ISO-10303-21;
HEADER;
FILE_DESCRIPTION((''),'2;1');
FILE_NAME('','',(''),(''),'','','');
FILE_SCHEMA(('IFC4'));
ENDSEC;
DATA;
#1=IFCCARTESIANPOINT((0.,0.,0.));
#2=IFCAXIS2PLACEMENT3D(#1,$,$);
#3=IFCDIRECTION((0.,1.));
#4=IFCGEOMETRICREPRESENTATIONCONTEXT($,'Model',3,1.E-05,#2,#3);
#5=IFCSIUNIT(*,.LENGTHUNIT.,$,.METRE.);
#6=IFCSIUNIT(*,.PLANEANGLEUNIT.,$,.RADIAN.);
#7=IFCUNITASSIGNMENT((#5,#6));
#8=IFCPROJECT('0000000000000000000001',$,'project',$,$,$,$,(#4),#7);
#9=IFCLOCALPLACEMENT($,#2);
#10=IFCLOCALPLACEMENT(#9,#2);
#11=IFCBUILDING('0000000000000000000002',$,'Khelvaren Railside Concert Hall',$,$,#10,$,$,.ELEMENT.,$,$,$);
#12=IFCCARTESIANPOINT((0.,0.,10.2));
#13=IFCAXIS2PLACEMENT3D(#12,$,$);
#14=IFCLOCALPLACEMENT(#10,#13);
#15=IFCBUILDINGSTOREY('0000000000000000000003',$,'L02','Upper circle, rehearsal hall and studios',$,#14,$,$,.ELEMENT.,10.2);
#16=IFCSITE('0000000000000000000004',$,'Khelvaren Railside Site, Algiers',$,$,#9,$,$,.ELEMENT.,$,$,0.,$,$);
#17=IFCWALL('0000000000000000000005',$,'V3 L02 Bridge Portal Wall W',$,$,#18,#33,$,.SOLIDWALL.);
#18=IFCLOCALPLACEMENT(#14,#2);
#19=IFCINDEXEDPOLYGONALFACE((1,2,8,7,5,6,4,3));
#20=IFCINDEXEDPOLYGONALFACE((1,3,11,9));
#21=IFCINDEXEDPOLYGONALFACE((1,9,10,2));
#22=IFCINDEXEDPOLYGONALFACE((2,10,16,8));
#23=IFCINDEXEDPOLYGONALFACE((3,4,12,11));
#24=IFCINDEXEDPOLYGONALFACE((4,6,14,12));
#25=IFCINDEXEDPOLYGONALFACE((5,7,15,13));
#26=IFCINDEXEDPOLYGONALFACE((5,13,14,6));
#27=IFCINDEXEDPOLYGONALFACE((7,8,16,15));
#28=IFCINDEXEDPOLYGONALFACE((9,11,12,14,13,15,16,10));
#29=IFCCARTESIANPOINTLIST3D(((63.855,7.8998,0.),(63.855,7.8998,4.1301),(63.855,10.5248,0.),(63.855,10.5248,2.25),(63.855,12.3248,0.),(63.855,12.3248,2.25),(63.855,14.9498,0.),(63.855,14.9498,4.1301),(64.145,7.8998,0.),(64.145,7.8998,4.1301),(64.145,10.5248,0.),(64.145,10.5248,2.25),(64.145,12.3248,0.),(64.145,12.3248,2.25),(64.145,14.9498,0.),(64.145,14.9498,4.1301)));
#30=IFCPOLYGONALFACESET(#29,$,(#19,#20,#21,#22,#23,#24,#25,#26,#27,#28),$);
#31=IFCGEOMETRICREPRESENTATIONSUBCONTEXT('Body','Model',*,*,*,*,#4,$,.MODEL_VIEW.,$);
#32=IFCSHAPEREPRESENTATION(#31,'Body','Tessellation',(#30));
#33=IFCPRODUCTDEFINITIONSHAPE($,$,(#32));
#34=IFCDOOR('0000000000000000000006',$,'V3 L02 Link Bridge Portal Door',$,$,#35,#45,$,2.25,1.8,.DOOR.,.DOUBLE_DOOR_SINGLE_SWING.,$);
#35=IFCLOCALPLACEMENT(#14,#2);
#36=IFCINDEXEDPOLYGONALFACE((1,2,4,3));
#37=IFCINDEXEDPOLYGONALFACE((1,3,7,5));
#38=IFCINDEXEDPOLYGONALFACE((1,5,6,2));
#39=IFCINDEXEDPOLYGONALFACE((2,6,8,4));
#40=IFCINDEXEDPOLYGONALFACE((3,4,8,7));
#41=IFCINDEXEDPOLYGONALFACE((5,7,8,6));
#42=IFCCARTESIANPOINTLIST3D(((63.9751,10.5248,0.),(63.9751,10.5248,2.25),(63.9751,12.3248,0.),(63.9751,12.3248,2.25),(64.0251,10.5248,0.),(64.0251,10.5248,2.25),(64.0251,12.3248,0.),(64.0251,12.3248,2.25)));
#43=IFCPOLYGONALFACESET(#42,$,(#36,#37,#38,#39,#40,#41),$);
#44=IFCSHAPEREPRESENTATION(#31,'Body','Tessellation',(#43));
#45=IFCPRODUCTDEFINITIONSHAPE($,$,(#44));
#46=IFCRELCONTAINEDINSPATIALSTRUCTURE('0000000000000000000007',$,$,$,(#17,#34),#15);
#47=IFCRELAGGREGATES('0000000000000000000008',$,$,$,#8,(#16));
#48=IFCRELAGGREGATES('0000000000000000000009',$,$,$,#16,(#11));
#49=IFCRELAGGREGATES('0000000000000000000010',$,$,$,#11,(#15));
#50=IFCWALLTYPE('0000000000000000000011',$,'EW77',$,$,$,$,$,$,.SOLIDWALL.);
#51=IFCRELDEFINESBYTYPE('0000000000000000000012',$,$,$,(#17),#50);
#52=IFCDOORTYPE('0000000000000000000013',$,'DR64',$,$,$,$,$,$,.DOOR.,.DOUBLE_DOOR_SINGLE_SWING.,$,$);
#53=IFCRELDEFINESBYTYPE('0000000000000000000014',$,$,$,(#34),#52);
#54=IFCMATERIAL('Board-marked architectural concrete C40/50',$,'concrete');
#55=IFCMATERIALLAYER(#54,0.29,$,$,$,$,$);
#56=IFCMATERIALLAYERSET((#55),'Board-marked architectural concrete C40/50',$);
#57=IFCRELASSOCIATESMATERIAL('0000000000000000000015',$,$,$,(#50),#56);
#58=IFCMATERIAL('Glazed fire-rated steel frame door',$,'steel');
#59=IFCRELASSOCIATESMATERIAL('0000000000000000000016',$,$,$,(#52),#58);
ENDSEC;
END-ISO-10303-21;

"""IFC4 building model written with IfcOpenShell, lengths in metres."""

from ifc_helpers import new_model, si_unit, direction, frame, frame_2d, origin, place, context, subcontext, project, spatial, rectangle, extrude, material, layer, layer_set, type_object, element, fill, save


model = new_model("IFC4")

# Units and contexts
model_context = context("Model", 3, precision=1e-05, world=origin(), true_north=direction((0.0, 1.0)))
body_context = subcontext(model_context, "Body", "Model", "MODEL_VIEW")
ifc_project = project(units=[si_unit("LENGTHUNIT", "METRE"), si_unit("PLANEANGLEUNIT", "RADIAN")], contexts=[model_context])

# Site, building, storey
site_placement = place(None, origin())
site = spatial("IfcSite", under=ifc_project, at=site_placement, Name="Khelvaren Railside Site, Algiers", CompositionType="ELEMENT", RefElevation=0.0)
building_placement = place(site_placement, origin())
building = spatial("IfcBuilding", under=site, at=building_placement, Name="Khelvaren Railside Concert Hall", CompositionType="ELEMENT")
storey_placement = place(building_placement, frame((0.0, 0.0, 10.2)))
storey = spatial("IfcBuildingStorey", under=building, at=storey_placement, Name="L02", Description="Upper circle, rehearsal hall and studios", CompositionType="ELEMENT", Elevation=10.2)

# Wall, opening, door
ifc_material_1 = material(Name="Board-marked architectural concrete C40/50", Category="concrete")
ifc_layer_1 = layer(ifc_material_1, 0.29)
ifc_layer_set_1 = layer_set([ifc_layer_1], Name="Board-marked architectural concrete C40/50")
wall_type = type_object("IfcWallType", Name="EW77", PredefinedType="SOLIDWALL", material=ifc_layer_set_1)
wall_placement = place(storey_placement, frame((64.0, 7.8999, 0.0), z_axis=(0.0, 0.0, 1.0), x_axis=(0.0, 1.0, 0.0)))
wall = element("IfcWall", 1, at=wall_placement, inside=storey, type_object=wall_type, Name="V3 L02 Bridge Portal Wall W", PredefinedType="SOLIDWALL", context=body_context, shape_type="SweptSolid", body=[
    extrude(rectangle(XDim=7.05, YDim=0.29, at=frame_2d((3.5249, 0.0))), origin(), (0.0, 0.0, 1.0), 4.1301),
])
opening_placement = place(wall_placement, frame((2.625, 0.0, 0.0)))
opening = element("IfcOpeningElement", 2, at=opening_placement, cuts=wall, PredefinedType="OPENING", context=body_context, shape_type="SweptSolid", body=[
    extrude(rectangle(XDim=1.8, YDim=2.25, at=frame_2d((0.8999, 1.125))), frame((0.0, 0.155, 0.0), z_axis=(0.0, -1.0, 0.0), x_axis=(1.0, 0.0, 0.0)), (0.0, 0.0, 1.0), 0.3101),
])
ifc_material_2 = material(Name="Glazed fire-rated steel frame door", Category="steel")
door_type = type_object("IfcDoorType", Name="DR64", OperationType="DOUBLE_DOOR_SINGLE_SWING", PredefinedType="DOOR", material=ifc_material_2)
door_placement = place(opening_placement, origin())
door = element("IfcDoor", 3, at=door_placement, inside=storey, type_object=door_type, Name="V3 L02 Link Bridge Portal Door", OperationType="DOUBLE_DOOR_SINGLE_SWING", OverallHeight=2.25, OverallWidth=1.8, PredefinedType="DOOR", context=body_context, shape_type="SweptSolid", body=[
    extrude(rectangle(XDim=1.8, YDim=2.25, at=frame_2d((0.8999, 1.125))), frame((0.0, 0.0249, 0.0), z_axis=(0.0, -1.0, 0.0), x_axis=(1.0, 0.0, 0.0)), (0.0, 0.0, 1.0), 0.05),
])
fill(opening, door)

save(model, "model.ifc")
